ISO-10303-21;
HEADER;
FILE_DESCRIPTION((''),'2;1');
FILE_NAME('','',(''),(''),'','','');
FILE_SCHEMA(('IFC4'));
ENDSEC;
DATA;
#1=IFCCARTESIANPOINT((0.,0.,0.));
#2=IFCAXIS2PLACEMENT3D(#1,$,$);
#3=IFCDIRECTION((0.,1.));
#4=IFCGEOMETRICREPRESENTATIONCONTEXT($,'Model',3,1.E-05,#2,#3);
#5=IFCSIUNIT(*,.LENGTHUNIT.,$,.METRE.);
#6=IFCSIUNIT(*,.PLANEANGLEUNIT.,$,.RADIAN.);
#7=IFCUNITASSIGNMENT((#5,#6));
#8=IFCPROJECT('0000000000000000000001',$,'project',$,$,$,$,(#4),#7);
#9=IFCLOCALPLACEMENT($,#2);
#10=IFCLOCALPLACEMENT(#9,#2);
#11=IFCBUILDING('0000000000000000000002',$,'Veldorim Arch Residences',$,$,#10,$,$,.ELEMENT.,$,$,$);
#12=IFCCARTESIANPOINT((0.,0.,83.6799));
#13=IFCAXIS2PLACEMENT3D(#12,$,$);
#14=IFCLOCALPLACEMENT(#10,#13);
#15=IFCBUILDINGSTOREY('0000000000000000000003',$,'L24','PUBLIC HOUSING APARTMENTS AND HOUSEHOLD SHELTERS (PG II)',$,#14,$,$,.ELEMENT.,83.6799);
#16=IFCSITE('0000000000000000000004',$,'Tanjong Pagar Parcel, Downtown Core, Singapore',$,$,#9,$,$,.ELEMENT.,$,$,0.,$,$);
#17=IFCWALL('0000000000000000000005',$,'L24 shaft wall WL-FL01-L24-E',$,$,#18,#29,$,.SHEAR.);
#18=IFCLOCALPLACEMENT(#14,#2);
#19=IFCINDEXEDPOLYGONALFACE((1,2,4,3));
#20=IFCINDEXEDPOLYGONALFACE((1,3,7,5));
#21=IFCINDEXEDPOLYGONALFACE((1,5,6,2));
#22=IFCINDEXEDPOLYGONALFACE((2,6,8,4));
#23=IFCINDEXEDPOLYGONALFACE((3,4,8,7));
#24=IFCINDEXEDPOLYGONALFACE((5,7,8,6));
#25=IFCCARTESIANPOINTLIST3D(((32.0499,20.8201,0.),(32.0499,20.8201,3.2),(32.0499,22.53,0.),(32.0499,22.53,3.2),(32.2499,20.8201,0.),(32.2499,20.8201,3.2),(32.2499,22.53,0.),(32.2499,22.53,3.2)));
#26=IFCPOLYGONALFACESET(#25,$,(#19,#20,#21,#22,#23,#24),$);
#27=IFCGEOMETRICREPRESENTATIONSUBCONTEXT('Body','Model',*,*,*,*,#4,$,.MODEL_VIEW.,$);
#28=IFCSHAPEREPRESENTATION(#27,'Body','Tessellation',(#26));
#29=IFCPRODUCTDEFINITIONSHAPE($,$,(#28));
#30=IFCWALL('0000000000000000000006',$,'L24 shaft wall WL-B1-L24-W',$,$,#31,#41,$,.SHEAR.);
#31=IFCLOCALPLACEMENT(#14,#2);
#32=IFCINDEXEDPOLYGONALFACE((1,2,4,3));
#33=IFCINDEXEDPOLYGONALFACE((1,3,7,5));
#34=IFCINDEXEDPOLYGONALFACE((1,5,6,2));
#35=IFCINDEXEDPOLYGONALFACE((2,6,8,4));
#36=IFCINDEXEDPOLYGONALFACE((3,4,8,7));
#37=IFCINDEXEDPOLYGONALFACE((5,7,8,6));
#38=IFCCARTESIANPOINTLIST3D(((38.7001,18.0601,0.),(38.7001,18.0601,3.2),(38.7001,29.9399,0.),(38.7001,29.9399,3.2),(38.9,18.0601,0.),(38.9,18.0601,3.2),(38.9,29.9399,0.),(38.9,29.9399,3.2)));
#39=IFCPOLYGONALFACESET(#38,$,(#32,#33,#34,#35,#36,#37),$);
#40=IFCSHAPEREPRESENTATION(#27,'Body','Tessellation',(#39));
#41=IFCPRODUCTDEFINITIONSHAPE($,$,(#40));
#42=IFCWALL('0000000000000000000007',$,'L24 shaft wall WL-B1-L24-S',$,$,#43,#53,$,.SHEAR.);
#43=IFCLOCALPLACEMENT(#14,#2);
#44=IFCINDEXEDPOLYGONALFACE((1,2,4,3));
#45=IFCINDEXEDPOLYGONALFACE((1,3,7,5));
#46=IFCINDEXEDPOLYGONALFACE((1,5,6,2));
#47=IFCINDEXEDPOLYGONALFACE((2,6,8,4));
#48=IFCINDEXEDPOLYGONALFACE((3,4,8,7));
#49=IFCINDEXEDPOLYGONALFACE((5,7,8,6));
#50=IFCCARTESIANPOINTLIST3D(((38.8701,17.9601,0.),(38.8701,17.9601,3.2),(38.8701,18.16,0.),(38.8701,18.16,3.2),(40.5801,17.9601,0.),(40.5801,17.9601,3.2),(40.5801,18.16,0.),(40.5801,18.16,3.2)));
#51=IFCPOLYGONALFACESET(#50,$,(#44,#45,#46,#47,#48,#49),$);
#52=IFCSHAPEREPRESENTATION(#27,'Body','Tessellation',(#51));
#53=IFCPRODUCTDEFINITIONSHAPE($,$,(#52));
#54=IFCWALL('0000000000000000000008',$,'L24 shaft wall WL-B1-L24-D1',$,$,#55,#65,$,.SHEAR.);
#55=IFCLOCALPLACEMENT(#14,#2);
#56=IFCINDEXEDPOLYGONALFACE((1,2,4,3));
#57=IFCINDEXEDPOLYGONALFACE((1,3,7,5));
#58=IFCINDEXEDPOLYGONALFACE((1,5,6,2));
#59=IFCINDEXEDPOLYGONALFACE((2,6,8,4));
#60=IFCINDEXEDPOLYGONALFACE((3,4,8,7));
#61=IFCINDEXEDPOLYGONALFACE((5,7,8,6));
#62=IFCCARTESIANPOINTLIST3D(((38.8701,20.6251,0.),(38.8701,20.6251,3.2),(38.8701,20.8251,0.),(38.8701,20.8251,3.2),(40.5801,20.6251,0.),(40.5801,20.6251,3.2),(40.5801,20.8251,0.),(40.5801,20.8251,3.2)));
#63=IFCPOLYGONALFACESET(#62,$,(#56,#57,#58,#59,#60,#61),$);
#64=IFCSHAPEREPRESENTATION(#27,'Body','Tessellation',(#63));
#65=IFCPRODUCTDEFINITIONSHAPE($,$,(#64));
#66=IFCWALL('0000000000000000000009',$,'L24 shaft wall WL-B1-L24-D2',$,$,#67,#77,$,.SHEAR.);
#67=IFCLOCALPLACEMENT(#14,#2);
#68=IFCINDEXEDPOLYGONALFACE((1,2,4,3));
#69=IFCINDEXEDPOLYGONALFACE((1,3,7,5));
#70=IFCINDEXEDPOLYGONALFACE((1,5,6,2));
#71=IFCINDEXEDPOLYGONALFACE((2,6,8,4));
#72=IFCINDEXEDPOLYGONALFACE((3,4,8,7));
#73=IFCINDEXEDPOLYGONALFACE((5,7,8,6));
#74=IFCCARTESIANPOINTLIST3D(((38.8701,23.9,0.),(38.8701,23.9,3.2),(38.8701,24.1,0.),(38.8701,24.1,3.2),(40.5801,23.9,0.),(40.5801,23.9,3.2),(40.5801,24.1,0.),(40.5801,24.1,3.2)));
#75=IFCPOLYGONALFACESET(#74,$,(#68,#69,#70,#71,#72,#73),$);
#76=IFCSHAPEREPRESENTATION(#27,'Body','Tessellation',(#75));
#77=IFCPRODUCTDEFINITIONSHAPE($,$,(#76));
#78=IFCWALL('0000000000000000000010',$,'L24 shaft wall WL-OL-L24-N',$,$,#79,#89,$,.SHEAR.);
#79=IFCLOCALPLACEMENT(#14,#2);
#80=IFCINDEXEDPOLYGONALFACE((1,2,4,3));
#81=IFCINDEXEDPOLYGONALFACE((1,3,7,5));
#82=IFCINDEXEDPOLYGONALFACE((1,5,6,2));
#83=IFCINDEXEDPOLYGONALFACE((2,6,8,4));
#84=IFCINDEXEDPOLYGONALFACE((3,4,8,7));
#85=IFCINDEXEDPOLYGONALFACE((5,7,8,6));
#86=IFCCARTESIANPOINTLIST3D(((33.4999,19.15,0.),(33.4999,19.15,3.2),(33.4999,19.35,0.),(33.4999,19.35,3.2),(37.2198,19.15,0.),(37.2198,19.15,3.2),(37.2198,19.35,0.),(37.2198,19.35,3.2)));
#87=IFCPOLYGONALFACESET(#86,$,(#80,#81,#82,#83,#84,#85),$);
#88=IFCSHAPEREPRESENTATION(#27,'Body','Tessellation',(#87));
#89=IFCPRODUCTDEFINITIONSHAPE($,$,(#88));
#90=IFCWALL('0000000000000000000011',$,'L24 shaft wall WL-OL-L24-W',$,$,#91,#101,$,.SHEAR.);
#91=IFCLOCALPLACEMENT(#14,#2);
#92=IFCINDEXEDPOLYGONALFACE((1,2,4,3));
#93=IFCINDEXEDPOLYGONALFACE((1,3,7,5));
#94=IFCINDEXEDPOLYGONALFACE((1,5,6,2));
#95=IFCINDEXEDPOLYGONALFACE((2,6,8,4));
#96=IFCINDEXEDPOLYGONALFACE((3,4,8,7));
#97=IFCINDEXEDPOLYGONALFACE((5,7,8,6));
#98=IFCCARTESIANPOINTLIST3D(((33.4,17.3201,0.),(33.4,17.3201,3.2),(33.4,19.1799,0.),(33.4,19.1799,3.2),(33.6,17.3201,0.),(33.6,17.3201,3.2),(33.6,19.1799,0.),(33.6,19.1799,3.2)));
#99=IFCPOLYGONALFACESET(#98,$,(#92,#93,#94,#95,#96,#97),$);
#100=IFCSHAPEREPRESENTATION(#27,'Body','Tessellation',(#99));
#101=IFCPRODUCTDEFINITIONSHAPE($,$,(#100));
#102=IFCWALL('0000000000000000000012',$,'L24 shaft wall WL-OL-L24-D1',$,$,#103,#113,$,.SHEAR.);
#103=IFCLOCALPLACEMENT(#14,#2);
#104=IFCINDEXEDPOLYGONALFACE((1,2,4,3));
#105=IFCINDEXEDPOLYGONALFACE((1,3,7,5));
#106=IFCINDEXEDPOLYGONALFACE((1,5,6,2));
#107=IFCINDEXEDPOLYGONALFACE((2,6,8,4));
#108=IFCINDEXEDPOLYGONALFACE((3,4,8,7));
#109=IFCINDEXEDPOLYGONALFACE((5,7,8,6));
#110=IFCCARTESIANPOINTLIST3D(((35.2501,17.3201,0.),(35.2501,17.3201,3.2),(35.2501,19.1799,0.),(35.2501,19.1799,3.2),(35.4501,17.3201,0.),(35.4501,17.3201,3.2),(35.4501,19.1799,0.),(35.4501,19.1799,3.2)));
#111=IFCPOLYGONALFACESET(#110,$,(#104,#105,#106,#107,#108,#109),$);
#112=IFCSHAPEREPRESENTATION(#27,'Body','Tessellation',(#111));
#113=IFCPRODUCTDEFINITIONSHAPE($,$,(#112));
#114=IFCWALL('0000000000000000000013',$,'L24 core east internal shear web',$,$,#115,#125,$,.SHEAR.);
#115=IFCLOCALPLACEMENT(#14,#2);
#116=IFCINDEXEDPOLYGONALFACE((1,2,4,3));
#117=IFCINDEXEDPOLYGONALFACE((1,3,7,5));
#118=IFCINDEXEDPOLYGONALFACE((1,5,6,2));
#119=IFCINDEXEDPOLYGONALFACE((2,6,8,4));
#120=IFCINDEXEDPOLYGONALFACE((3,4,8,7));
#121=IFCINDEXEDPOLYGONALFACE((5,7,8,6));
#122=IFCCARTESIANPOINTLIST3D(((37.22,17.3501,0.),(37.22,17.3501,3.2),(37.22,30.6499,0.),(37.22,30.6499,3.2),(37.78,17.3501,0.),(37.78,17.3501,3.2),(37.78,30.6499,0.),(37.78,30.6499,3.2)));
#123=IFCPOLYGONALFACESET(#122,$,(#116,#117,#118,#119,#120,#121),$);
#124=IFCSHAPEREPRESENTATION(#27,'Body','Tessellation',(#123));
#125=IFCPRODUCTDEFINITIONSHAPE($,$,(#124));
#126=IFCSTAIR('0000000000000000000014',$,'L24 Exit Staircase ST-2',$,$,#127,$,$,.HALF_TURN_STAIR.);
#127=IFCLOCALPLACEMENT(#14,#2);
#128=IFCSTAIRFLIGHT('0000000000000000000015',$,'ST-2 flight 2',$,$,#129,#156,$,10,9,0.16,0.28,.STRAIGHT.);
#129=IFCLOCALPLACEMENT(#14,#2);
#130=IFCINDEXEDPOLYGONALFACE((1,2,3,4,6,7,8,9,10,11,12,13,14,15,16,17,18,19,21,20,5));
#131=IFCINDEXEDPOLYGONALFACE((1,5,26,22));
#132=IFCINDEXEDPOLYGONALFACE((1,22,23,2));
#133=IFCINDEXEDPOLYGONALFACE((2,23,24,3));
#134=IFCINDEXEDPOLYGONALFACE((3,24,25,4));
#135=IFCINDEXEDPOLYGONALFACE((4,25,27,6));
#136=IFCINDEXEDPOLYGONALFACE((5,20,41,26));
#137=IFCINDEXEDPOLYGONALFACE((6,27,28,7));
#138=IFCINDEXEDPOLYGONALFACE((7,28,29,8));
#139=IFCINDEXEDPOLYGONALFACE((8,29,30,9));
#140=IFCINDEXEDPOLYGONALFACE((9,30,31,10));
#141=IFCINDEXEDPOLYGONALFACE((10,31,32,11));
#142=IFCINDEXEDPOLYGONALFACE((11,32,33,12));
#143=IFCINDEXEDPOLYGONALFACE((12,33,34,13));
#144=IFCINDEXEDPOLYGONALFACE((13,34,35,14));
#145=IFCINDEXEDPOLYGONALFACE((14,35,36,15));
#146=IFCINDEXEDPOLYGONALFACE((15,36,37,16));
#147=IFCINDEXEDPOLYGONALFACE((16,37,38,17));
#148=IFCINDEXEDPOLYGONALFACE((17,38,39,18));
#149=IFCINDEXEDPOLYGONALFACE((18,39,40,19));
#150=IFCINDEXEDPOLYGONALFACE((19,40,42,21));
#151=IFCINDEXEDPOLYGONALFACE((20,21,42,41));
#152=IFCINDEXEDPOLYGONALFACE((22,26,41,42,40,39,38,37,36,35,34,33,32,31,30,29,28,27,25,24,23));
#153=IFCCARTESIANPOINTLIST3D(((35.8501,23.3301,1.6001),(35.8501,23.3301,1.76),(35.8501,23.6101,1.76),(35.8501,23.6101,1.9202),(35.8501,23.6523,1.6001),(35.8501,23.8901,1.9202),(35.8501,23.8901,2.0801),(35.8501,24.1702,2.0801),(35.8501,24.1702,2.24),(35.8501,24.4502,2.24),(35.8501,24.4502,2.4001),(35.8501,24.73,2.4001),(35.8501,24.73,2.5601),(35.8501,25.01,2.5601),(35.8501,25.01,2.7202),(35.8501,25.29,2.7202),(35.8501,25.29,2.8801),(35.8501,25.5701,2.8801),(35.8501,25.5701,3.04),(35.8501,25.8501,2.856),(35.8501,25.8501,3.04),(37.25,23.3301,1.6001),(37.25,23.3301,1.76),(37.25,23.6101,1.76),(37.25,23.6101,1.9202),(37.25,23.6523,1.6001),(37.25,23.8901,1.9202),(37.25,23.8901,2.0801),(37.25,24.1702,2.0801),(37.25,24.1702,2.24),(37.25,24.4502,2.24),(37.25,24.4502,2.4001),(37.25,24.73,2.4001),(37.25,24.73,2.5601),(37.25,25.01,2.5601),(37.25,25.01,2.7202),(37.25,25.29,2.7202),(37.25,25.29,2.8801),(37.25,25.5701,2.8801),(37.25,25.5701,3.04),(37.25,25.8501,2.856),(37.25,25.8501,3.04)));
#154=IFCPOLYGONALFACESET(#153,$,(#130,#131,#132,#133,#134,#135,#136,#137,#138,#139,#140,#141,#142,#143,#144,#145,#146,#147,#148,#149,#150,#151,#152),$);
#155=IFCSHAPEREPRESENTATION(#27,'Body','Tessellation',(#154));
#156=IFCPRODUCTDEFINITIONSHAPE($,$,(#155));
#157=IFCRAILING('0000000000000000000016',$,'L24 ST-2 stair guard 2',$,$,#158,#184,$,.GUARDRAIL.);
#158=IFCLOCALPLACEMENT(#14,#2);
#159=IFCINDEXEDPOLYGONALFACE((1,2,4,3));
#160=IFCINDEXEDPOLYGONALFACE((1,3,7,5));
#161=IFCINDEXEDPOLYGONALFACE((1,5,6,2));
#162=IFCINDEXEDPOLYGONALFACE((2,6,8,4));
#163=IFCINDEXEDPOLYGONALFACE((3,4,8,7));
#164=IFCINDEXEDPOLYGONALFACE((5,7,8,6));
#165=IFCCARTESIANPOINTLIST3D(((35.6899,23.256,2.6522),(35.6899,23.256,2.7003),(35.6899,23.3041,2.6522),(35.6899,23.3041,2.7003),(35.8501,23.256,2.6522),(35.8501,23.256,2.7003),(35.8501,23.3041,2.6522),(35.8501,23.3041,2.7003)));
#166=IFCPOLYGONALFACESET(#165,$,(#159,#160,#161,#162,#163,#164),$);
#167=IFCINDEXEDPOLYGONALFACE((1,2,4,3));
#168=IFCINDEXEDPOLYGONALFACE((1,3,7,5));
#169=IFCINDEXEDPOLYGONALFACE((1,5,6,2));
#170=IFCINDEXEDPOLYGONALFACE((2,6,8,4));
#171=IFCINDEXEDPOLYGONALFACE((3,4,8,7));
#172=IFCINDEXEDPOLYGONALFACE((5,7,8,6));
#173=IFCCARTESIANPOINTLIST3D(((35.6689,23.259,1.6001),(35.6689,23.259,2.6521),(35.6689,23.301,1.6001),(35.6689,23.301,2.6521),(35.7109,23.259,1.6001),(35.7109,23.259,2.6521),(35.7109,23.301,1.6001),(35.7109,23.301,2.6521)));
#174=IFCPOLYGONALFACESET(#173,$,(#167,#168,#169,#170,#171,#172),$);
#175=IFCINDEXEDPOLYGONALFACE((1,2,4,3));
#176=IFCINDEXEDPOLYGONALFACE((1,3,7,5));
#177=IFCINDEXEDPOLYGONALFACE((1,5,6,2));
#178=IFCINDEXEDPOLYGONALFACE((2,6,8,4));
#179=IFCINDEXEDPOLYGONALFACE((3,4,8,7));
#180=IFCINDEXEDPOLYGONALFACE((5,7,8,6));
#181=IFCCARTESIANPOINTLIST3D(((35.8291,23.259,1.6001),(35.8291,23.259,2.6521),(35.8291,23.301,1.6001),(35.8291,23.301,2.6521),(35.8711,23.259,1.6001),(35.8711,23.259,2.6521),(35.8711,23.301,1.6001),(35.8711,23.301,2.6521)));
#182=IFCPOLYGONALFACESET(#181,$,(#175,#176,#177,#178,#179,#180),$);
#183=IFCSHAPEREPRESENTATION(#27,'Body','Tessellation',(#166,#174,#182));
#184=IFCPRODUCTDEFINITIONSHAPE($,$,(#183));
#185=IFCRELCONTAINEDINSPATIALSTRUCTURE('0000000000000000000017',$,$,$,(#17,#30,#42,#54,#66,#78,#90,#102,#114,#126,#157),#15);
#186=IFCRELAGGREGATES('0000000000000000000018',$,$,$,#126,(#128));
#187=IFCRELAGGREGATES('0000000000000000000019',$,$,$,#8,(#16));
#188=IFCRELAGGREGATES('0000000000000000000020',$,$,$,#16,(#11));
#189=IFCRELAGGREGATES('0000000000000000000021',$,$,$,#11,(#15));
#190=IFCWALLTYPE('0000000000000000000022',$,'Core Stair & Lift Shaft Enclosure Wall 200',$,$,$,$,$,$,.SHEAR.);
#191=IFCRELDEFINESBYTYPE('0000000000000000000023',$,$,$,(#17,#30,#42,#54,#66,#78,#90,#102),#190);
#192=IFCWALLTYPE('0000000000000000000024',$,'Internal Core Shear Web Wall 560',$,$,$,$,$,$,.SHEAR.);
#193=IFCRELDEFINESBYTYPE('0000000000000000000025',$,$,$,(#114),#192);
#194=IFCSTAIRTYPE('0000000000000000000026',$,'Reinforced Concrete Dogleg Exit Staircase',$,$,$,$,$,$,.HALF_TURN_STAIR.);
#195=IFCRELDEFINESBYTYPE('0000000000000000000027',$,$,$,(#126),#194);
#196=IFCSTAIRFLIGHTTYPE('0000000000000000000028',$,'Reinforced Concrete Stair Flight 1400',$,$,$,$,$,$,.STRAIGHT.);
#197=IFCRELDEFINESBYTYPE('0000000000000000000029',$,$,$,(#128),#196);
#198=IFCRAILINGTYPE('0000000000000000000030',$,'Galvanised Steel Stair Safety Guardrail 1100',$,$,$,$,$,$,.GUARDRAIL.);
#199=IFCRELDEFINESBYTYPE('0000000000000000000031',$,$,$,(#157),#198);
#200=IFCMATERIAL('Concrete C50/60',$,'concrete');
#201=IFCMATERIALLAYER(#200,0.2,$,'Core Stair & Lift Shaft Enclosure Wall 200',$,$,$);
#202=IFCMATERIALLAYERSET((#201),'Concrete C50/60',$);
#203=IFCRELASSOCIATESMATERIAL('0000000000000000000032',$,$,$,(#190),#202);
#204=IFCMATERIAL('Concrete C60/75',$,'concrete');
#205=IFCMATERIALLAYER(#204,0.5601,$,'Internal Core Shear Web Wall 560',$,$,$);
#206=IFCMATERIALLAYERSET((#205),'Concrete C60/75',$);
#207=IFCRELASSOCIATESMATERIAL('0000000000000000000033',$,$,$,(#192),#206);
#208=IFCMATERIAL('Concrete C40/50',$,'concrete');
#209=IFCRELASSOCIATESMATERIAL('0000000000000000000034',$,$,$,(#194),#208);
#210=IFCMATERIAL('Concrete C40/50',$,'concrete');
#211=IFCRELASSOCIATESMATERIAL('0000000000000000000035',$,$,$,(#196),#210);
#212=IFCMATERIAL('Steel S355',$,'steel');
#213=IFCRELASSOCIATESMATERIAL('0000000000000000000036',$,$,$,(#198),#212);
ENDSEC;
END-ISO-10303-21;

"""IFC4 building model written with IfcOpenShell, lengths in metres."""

from ifc_helpers import new_model, si_unit, direction, frame, frame_2d, origin, origin_2d, place, context, subcontext, project, spatial, polyline, rectangle, outline, extrude, material, layer, layer_set, type_object, element, aggregate, save


model = new_model("IFC4")

# Units and contexts
model_context = context("Model", 3, precision=1e-05, world=origin(), true_north=direction((0.0, 1.0)))
body_context = subcontext(model_context, "Body", "Model", "MODEL_VIEW")
ifc_project = project(units=[si_unit("LENGTHUNIT", "METRE"), si_unit("PLANEANGLEUNIT", "RADIAN")], contexts=[model_context])

# Site, building, storey
site_placement = place(None, origin())
site = spatial("IfcSite", under=ifc_project, at=site_placement, Name="Tanjong Pagar Parcel, Downtown Core, Singapore", CompositionType="ELEMENT", RefElevation=0.0)
building_placement = place(site_placement, origin())
building = spatial("IfcBuilding", under=site, at=building_placement, Name="Veldorim Arch Residences", CompositionType="ELEMENT")
storey_placement = place(building_placement, frame((0.0, 0.0, 83.6799)))
storey = spatial("IfcBuildingStorey", under=building, at=storey_placement, Name="L24", Description="PUBLIC HOUSING APARTMENTS AND HOUSEHOLD SHELTERS (PG II)", CompositionType="ELEMENT", Elevation=83.6799)

# Walls
ifc_material_1 = material(Name="Concrete C50/60", Category="concrete")
ifc_layer_1 = layer(ifc_material_1, 0.2, Name="Core Stair & Lift Shaft Enclosure Wall 200")
ifc_layer_set_1 = layer_set([ifc_layer_1], Name="Concrete C50/60")
wall_type_1 = type_object("IfcWallType", Name="Core Stair & Lift Shaft Enclosure Wall 200", PredefinedType="SHEAR", material=ifc_layer_set_1)
wall_1_placement = place(storey_placement, frame((32.1499, 20.8201, 0.0), z_axis=(0.0, 0.0, 1.0), x_axis=(0.0, 1.0, 0.0)))
element("IfcWall", 1, at=wall_1_placement, inside=storey, type_object=wall_type_1, Name="L24 shaft wall WL-FL01-L24-E", PredefinedType="SHEAR", context=body_context, shape_type="SweptSolid", body=[
    extrude(rectangle(XDim=1.71, YDim=0.2, at=frame_2d((0.855, 0.0))), origin(), (0.0, 0.0, 1.0), 3.2),
])
wall_2_placement = place(storey_placement, frame((38.8, 18.0601, 0.0), z_axis=(0.0, 0.0, 1.0), x_axis=(0.0, 1.0, 0.0)))
element("IfcWall", 2, at=wall_2_placement, inside=storey, type_object=wall_type_1, Name="L24 shaft wall WL-B1-L24-W", PredefinedType="SHEAR", context=body_context, shape_type="SweptSolid", body=[
    extrude(rectangle(XDim=11.8799, YDim=0.2, at=frame_2d((5.9399, 0.0))), origin(), (0.0, 0.0, 1.0), 3.2),
])
for number, where, z_axis, x_axis, name in (
    (3, (38.8701, 18.0601, 0.0), (0.0, 0.0, 1.0), (1.0, 0.0, 0.0), "L24 shaft wall WL-B1-L24-S"),
    (4, (38.8701, 20.7251, 0.0), (0.0, 0.0, 1.0), (1.0, 0.0, 0.0), "L24 shaft wall WL-B1-L24-D1"),
    (5, (38.8701, 24.0, 0.0), (0.0, 0.0, 1.0), (1.0, 0.0, 0.0), "L24 shaft wall WL-B1-L24-D2"),
):
    element("IfcWall", number, at=place(storey_placement, frame(where, z_axis=z_axis, x_axis=x_axis)), inside=storey, type_object=wall_type_1, Name=name, PredefinedType="SHEAR", context=body_context, shape_type="SweptSolid", body=[
        extrude(rectangle(XDim=1.71, YDim=0.2, at=frame_2d((0.855, 0.0))), origin(), (0.0, 0.0, 1.0), 3.2),
    ])
wall_3_placement = place(storey_placement, frame((33.5, 19.25, 0.0), z_axis=(0.0, 0.0, 1.0), x_axis=(1.0, 0.0, 0.0)))
element("IfcWall", 6, at=wall_3_placement, inside=storey, type_object=wall_type_1, Name="L24 shaft wall WL-OL-L24-N", PredefinedType="SHEAR", context=body_context, shape_type="SweptSolid", body=[
    extrude(rectangle(XDim=3.72, YDim=0.2, at=frame_2d((1.8599, 0.0))), origin(), (0.0, 0.0, 1.0), 3.2),
])
for number, where, z_axis, x_axis, name in (
    (7, (33.5, 17.3201, 0.0), (0.0, 0.0, 1.0), (0.0, 1.0, 0.0), "L24 shaft wall WL-OL-L24-W"),
    (8, (35.3501, 17.3201, 0.0), (0.0, 0.0, 1.0), (0.0, 1.0, 0.0), "L24 shaft wall WL-OL-L24-D1"),
):
    element("IfcWall", number, at=place(storey_placement, frame(where, z_axis=z_axis, x_axis=x_axis)), inside=storey, type_object=wall_type_1, Name=name, PredefinedType="SHEAR", context=body_context, shape_type="SweptSolid", body=[
        extrude(rectangle(XDim=1.8599, YDim=0.2, at=frame_2d((0.9299, 0.0))), origin(), (0.0, 0.0, 1.0), 3.2),
    ])
ifc_material_2 = material(Name="Concrete C60/75", Category="concrete")
ifc_layer_2 = layer(ifc_material_2, 0.5601, Name="Internal Core Shear Web Wall 560")
ifc_layer_set_2 = layer_set([ifc_layer_2], Name="Concrete C60/75")
wall_type_2 = type_object("IfcWallType", Name="Internal Core Shear Web Wall 560", PredefinedType="SHEAR", material=ifc_layer_set_2)
wall_4_placement = place(storey_placement, frame((37.5, 17.3501, 0.0), z_axis=(0.0, 0.0, 1.0), x_axis=(0.0, 1.0, 0.0)))
element("IfcWall", 9, at=wall_4_placement, inside=storey, type_object=wall_type_2, Name="L24 core east internal shear web", PredefinedType="SHEAR", context=body_context, shape_type="SweptSolid", body=[
    extrude(rectangle(XDim=13.2998, YDim=0.5601, at=frame_2d((6.6499, 0.0))), origin(), (0.0, 0.0, 1.0), 3.2),
])

# Stair, stair flight
ifc_material_3 = material(Name="Concrete C40/50", Category="concrete")
stair_type = type_object("IfcStairType", Name="Reinforced Concrete Dogleg Exit Staircase", PredefinedType="HALF_TURN_STAIR", material=ifc_material_3)
stair_placement = place(storey_placement, origin())
stair = element("IfcStair", 10, at=stair_placement, inside=storey, type_object=stair_type, Name="L24 Exit Staircase ST-2", PredefinedType="HALF_TURN_STAIR")
ifc_material_4 = material(Name="Concrete C40/50", Category="concrete")
stair_flight_type = type_object("IfcStairFlightType", Name="Reinforced Concrete Stair Flight 1400", PredefinedType="STRAIGHT", material=ifc_material_4)
stair_flight_placement = place(storey_placement, frame((36.55, 23.3301, 1.6001), z_axis=(0.0, 0.0, 1.0), x_axis=(0.0, 1.0, 0.0)))
stair_flight = element("IfcStairFlight", 11, at=stair_flight_placement, type_object=stair_flight_type, Name="ST-2 flight 2", NumberOfRisers=10, NumberOfTreads=9, PredefinedType="STRAIGHT", RiserHeight=0.16, TreadLength=0.28, context=body_context, shape_type="SweptSolid", body=[
    extrude(outline(polyline([(0.0, 0.0), (0.0, 0.1599), (0.28, 0.1599), (0.28, 0.3201), (0.5601, 0.3201), (0.5601, 0.48), (0.8401, 0.48), (0.8401, 0.6399), (1.1201, 0.6399), (1.1201, 0.8), (1.3999, 0.8), (1.3999, 0.96), (1.6799, 0.96), (1.6799, 1.1201), (1.96, 1.1201), (1.96, 1.28), (2.24, 1.28), (2.24, 1.4399), (2.52, 1.4399), (2.52, 1.6001), (2.52, 1.2559), (0.3223, 0.0), (0.0, 0.0)])), frame((0.0, 0.7, 0.0), z_axis=(0.0, -1.0, 0.0), x_axis=(1.0, 0.0, 0.0)), (0.0, 0.0, 1.0), 1.3999),
])
aggregate(stair, [stair_flight])

# Railing
ifc_material_5 = material(Name="Steel S355", Category="steel")
railing_type_1 = type_object("IfcRailingType", Name="Galvanised Steel Stair Safety Guardrail 1100", PredefinedType="GUARDRAIL", material=ifc_material_5)
railing_1_placement = place(storey_placement, frame((35.6899, 23.28, 1.6001)))
element("IfcRailing", 12, at=railing_1_placement, inside=storey, type_object=railing_type_1, Name="L24 ST-2 stair guard 2", PredefinedType="GUARDRAIL", context=body_context, shape_type="SweptSolid", body=[
    extrude(rectangle(XDim=0.0481, YDim=0.0481, at=origin_2d()), frame((0.0, 0.0, 1.0762), z_axis=(1.0, 0.0, 0.0), x_axis=(0.0, 1.0, 0.0)), (0.0, 0.0, 1.0), 0.1602),
    extrude(rectangle(XDim=0.042, YDim=0.042, at=origin_2d()), origin(), (0.0, 0.0, 1.0), 1.052),
    extrude(rectangle(XDim=0.042, YDim=0.042, at=origin_2d()), frame((0.1602, 0.0, 0.0)), (0.0, 0.0, 1.0), 1.052),
])

save(model, "model.ifc")
